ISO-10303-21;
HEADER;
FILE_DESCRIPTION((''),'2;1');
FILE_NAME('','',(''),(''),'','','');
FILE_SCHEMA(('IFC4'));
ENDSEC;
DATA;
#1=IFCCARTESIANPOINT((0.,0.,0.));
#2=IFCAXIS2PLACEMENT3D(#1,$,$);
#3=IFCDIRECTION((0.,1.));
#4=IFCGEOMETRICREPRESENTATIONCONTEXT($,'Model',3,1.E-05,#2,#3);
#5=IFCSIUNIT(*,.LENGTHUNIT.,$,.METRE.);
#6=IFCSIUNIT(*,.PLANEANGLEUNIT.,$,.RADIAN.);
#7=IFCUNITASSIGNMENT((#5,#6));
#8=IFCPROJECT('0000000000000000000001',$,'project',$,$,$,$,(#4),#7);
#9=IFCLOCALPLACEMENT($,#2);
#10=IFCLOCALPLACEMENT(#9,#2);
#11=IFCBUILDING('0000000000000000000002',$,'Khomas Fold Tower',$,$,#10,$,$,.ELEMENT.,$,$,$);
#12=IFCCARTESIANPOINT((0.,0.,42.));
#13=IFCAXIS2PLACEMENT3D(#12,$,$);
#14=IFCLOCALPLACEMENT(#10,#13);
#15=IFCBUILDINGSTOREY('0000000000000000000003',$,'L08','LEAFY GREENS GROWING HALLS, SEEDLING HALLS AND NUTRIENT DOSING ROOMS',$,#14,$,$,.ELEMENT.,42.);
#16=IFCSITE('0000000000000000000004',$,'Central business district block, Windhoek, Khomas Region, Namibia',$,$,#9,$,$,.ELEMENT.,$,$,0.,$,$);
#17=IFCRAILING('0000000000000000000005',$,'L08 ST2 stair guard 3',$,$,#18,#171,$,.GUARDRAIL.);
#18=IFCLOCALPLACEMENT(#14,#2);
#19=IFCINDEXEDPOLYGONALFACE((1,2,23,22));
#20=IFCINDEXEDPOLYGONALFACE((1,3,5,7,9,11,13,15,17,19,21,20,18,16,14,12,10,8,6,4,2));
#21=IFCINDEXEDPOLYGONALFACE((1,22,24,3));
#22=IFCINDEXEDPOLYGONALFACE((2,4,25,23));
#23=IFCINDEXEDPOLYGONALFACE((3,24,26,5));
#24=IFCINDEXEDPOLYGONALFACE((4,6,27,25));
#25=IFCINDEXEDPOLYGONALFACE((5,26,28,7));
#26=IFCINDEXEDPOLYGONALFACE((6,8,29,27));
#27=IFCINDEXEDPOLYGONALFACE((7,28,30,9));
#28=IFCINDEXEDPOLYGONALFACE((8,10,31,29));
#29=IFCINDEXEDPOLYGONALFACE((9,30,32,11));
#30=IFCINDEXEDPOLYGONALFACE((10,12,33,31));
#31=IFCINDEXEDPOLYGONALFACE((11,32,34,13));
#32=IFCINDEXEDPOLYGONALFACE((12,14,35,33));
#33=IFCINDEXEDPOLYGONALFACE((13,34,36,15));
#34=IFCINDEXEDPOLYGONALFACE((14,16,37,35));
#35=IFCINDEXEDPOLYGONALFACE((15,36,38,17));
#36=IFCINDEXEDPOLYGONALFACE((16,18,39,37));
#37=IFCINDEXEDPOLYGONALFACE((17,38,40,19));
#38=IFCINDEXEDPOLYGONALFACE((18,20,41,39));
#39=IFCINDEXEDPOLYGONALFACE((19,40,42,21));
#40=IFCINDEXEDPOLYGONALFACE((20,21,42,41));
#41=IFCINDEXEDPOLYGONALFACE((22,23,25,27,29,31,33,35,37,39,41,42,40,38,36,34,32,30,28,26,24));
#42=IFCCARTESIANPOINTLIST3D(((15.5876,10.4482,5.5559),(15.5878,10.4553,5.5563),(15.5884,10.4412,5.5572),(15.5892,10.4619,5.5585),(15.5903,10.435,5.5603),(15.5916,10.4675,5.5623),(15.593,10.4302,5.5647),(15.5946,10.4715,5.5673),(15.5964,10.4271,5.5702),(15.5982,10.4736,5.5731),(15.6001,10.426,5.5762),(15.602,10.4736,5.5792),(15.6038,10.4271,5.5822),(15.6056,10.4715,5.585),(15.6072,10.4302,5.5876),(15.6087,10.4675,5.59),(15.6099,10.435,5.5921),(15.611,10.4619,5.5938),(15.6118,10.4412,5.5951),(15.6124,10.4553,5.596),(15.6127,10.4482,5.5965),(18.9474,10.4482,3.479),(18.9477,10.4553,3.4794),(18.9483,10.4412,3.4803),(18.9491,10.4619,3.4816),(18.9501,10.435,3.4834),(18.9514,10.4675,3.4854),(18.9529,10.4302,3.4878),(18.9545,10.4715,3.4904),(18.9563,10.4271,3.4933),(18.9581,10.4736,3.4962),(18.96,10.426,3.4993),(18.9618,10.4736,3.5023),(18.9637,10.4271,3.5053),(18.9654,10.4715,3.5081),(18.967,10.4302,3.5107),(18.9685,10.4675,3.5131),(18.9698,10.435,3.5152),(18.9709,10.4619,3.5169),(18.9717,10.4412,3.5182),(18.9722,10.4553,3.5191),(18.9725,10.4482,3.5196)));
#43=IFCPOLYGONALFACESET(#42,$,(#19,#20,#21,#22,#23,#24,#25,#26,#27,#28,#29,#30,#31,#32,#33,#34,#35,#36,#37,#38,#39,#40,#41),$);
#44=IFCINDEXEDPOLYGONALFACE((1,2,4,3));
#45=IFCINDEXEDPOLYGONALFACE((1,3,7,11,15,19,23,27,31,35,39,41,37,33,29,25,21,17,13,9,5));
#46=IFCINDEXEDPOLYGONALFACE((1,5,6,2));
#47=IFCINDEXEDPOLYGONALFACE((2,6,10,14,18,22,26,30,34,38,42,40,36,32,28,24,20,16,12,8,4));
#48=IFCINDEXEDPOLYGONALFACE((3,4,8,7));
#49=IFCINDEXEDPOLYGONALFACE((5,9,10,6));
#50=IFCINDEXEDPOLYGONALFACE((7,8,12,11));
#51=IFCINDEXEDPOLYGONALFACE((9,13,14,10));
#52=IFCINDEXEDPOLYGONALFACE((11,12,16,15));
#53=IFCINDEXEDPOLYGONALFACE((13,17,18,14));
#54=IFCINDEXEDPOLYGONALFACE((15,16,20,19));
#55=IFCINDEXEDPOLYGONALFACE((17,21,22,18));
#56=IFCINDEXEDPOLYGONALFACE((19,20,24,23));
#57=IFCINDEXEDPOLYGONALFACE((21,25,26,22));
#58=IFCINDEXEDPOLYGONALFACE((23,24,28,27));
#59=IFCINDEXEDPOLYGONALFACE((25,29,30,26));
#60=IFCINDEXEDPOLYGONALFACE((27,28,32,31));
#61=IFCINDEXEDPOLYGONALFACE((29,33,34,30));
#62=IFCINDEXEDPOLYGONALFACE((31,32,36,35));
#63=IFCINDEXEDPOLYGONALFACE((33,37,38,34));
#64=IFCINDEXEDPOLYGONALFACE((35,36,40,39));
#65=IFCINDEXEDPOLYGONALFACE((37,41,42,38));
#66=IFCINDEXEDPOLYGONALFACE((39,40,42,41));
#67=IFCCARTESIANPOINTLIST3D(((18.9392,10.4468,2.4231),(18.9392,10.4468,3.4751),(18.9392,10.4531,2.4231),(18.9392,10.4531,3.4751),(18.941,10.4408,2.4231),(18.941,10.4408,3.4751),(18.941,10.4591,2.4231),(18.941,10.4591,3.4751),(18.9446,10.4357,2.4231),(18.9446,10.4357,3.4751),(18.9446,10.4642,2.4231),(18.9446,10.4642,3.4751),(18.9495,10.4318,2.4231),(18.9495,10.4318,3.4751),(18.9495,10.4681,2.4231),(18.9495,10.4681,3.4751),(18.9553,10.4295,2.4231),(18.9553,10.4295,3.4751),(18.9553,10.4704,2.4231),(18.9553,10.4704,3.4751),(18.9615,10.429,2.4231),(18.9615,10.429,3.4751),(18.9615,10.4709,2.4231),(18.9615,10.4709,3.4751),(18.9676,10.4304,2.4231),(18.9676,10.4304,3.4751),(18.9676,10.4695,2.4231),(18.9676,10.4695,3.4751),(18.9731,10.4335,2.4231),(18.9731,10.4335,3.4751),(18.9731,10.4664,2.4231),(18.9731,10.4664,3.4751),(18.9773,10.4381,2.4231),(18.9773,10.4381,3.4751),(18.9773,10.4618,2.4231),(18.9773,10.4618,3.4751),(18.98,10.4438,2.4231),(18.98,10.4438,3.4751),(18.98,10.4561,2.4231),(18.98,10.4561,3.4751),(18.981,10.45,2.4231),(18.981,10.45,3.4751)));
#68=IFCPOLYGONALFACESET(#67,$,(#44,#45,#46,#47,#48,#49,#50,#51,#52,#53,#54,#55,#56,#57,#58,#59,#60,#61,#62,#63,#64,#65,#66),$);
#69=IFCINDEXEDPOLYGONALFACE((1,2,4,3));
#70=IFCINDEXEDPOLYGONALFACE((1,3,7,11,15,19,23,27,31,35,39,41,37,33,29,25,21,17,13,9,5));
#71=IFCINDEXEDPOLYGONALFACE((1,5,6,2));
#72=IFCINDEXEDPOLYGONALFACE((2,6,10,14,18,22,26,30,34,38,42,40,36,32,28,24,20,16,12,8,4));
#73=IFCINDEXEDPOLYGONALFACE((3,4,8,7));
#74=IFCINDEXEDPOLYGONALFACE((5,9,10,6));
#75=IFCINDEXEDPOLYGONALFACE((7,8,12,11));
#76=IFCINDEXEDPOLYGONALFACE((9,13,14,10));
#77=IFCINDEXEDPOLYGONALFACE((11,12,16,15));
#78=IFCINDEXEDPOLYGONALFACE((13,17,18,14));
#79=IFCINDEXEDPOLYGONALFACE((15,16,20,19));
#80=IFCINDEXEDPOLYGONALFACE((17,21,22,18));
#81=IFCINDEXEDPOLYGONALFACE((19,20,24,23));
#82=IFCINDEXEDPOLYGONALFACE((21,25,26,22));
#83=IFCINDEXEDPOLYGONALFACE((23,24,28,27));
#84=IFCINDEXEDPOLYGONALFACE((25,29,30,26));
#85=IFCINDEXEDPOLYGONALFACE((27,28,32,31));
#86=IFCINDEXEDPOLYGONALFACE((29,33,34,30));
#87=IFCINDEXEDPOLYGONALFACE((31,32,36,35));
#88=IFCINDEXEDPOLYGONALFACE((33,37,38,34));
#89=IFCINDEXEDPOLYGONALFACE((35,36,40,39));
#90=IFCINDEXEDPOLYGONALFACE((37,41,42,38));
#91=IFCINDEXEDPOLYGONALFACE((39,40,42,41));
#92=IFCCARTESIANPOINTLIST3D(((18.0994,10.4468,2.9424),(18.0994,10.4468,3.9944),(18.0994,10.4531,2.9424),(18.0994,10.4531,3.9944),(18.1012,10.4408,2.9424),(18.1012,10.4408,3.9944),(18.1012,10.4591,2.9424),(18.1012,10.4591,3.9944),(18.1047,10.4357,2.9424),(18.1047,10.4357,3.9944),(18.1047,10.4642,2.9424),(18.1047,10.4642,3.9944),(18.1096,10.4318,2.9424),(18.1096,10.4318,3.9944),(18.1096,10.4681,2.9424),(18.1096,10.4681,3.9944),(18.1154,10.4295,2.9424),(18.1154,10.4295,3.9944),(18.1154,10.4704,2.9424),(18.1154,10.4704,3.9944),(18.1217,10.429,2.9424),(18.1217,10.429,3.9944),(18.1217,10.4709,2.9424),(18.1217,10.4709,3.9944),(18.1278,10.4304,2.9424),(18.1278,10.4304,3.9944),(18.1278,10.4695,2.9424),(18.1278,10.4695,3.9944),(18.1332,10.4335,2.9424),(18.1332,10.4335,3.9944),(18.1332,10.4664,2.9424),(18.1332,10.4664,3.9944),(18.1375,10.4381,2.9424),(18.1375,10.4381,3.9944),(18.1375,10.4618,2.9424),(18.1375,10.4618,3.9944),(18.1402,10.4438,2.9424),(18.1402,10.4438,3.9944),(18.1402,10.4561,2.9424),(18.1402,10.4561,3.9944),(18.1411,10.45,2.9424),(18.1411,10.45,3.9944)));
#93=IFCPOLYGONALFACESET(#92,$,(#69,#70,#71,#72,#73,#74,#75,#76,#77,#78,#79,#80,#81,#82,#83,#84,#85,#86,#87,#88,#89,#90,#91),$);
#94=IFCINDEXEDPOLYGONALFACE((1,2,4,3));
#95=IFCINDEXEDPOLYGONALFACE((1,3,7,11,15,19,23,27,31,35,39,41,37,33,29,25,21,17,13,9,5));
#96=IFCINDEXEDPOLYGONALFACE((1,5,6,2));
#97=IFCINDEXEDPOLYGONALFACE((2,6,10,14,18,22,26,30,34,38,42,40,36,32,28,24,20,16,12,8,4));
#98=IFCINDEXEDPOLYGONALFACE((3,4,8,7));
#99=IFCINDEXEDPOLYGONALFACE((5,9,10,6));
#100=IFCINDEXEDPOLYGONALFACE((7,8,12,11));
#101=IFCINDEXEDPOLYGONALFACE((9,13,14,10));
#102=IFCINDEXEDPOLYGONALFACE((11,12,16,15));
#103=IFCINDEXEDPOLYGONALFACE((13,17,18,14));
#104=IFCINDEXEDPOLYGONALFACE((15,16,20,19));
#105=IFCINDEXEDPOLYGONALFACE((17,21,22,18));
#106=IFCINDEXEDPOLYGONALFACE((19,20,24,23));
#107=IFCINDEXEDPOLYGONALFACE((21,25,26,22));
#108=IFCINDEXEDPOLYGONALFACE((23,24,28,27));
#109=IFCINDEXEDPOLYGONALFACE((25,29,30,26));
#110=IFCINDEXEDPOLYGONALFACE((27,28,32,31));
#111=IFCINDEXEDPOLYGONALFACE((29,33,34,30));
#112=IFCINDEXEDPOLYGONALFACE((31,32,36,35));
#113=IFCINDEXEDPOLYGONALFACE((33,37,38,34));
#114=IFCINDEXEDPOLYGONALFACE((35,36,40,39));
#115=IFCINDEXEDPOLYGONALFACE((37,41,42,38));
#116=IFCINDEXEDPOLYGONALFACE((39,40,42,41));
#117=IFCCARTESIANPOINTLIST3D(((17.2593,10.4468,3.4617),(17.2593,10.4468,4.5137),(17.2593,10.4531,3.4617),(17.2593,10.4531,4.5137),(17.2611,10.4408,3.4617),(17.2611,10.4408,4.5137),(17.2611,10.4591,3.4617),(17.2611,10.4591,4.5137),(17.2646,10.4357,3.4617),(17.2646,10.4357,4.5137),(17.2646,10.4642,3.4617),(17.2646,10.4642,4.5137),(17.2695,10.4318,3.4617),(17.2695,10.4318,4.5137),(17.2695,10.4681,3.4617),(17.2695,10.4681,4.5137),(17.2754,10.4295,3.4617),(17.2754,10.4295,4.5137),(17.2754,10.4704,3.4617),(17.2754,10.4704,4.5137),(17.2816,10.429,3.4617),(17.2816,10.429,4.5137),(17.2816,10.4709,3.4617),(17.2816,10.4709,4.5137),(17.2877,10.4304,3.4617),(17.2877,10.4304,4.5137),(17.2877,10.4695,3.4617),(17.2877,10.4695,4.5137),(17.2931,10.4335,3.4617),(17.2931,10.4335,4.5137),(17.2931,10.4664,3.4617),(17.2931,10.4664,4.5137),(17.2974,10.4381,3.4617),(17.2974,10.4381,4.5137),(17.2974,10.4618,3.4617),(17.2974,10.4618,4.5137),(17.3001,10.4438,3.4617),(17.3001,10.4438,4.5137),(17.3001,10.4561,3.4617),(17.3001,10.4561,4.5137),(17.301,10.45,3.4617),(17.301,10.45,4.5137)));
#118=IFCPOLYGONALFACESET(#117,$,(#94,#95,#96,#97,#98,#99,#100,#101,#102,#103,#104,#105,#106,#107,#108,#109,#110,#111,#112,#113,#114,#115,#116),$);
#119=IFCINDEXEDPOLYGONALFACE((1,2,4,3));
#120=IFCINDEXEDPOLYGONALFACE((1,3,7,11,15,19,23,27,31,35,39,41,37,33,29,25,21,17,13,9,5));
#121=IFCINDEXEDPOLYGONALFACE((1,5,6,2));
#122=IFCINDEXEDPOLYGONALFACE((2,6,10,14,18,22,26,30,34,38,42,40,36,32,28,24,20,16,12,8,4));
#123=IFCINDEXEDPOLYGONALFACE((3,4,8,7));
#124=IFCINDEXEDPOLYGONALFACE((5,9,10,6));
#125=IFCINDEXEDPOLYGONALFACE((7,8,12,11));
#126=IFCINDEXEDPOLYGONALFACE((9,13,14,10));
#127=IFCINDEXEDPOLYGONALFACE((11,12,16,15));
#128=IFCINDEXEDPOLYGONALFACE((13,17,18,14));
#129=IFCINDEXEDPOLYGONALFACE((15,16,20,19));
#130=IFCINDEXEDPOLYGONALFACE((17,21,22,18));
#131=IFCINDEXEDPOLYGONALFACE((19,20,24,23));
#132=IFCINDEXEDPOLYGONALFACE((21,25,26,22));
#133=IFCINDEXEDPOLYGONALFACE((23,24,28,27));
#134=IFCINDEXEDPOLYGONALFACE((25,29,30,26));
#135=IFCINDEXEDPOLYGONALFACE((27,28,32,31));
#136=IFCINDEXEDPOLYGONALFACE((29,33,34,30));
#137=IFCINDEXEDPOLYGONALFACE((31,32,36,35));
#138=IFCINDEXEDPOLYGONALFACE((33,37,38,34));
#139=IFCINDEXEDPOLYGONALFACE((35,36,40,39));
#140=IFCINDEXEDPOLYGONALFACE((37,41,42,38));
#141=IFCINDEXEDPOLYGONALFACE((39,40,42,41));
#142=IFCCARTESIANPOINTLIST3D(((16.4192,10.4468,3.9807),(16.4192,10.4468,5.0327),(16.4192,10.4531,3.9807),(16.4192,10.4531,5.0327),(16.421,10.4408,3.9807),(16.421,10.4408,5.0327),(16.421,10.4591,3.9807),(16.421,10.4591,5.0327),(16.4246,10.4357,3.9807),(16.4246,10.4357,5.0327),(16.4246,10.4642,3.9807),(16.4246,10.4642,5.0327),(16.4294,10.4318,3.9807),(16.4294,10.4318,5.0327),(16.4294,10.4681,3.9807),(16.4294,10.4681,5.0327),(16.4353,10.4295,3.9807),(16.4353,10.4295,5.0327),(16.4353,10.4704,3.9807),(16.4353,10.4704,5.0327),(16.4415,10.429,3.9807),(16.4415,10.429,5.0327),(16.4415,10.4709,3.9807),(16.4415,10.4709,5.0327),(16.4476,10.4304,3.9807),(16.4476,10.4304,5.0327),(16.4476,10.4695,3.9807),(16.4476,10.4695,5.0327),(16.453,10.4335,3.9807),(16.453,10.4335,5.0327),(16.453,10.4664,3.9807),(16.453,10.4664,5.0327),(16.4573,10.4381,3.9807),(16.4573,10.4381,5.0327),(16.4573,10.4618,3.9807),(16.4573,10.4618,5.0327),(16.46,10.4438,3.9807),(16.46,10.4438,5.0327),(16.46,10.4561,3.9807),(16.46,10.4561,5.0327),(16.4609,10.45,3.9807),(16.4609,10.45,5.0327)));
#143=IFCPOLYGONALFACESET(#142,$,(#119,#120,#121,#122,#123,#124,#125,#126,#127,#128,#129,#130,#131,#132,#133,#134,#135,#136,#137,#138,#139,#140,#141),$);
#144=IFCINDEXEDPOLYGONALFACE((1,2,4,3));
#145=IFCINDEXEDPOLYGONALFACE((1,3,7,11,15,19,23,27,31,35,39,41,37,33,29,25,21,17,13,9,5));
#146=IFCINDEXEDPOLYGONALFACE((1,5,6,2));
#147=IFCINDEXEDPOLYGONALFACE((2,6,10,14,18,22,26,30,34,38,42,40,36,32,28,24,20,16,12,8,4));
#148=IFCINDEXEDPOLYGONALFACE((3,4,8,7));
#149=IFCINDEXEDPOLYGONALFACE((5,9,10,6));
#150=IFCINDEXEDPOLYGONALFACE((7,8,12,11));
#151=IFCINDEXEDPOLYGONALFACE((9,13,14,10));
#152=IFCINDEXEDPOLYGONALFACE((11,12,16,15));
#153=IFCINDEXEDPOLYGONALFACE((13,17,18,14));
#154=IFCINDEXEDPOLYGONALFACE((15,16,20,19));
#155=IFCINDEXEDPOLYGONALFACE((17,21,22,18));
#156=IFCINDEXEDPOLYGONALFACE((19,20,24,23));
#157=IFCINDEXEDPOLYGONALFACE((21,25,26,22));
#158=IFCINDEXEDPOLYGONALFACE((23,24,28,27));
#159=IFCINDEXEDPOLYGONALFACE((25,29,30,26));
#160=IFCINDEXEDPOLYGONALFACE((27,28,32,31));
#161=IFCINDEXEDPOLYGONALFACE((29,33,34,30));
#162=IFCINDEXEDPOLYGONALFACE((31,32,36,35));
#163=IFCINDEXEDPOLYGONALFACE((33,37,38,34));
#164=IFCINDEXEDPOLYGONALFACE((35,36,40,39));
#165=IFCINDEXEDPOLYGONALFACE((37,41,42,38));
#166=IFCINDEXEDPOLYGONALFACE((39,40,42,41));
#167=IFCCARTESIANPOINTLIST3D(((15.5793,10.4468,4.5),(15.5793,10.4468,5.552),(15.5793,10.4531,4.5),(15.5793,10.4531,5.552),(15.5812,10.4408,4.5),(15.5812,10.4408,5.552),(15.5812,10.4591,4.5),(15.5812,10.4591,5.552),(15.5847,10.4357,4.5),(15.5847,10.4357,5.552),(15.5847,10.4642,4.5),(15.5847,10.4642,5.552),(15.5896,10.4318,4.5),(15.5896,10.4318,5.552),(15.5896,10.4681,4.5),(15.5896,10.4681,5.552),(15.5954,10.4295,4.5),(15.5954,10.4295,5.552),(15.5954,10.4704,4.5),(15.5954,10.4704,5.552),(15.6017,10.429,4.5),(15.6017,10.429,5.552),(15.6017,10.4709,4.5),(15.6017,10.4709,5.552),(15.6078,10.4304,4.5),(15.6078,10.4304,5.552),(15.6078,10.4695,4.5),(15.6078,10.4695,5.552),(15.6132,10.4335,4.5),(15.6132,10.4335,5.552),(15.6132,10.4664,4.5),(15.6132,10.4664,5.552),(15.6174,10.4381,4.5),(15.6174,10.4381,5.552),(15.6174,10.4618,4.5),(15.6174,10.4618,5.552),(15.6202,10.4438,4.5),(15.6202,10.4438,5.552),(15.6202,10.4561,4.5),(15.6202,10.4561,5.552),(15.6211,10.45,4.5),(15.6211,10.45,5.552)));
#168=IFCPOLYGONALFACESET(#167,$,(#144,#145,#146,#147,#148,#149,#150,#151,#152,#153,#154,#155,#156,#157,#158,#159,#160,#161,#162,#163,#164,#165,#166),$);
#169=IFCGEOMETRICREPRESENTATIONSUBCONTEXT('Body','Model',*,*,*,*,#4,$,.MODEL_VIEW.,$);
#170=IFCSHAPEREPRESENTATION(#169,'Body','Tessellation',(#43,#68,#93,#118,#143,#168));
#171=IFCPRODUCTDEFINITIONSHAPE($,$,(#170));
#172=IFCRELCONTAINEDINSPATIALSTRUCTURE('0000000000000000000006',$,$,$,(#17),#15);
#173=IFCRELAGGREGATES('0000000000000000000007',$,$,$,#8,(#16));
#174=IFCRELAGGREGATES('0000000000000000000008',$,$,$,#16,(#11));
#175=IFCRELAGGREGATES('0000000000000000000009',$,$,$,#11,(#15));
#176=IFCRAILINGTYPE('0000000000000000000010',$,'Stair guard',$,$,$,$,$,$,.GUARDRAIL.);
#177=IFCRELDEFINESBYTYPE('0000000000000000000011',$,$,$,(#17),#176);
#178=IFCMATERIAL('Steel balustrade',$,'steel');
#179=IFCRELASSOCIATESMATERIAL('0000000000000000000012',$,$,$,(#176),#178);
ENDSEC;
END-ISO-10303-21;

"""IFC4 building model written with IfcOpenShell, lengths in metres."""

from ifc_helpers import new_model, si_unit, direction, frame, origin, origin_2d, place, context, subcontext, project, spatial, circle, extrude, source, transform, mapped, material, type_object, element, save


model = new_model("IFC4")

# Units and contexts
model_context = context("Model", 3, precision=1e-05, world=origin(), true_north=direction((0.0, 1.0)))
body_context = subcontext(model_context, "Body", "Model", "MODEL_VIEW")
ifc_project = project(units=[si_unit("LENGTHUNIT", "METRE"), si_unit("PLANEANGLEUNIT", "RADIAN")], contexts=[model_context])

# Site, building, storey
site_placement = place(None, origin())
site = spatial("IfcSite", under=ifc_project, at=site_placement, Name="Central business district block, Windhoek, Khomas Region, Namibia", CompositionType="ELEMENT", RefElevation=0.0)
building_placement = place(site_placement, origin())
building = spatial("IfcBuilding", under=site, at=building_placement, Name="Khomas Fold Tower", CompositionType="ELEMENT")
storey_placement = place(building_placement, frame((0.0, 0.0, 42.0)))
storey = spatial("IfcBuildingStorey", under=building, at=storey_placement, Name="L08", Description="LEAFY GREENS GROWING HALLS, SEEDLING HALLS AND NUTRIENT DOSING ROOMS", CompositionType="ELEMENT", Elevation=42.0)

# Railing
ifc_material_1 = material(Name="Steel balustrade", Category="steel")
railing_type_1 = type_object("IfcRailingType", Name="Stair guard", PredefinedType="GUARDRAIL", material=ifc_material_1)
shared_shape_1 = source(origin(), body_context, "Body", "SweptSolid", [
    extrude(circle(Radius=0.0239, at=origin_2d()), frame((0.0, 0.0, 1.0762), z_axis=(-0.850606, 0.0, 0.525803), x_axis=(0.0, -1.0, 0.0)), (0.0, 0.0, 1.0), 3.95),
    extrude(circle(Radius=0.021, at=origin_2d()), origin(), (0.0, 0.0, 1.0), 1.052),
    extrude(circle(Radius=0.021, at=origin_2d()), frame((-0.8398, 0.0, 0.5193)), (0.0, 0.0, 1.0), 1.052),
    extrude(circle(Radius=0.021, at=origin_2d()), frame((-1.6799, 0.0, 1.0386)), (0.0, 0.0, 1.0), 1.052),
    extrude(circle(Radius=0.021, at=origin_2d()), frame((-2.52, 0.0, 1.5576)), (0.0, 0.0, 1.0), 1.052),
    extrude(circle(Radius=0.021, at=origin_2d()), frame((-3.3599, 0.0, 2.0769)), (0.0, 0.0, 1.0), 1.052),
])
railing_1_placement = place(storey_placement, frame((18.96, 10.45, 2.4231)))
element("IfcRailing", 1, at=railing_1_placement, inside=storey, type_object=railing_type_1, Name="L08 ST2 stair guard 3", PredefinedType="GUARDRAIL", context=body_context, shape_type="MappedRepresentation", body=[
    mapped(shared_shape_1, transform((0.0, 0.0, 0.0))),
])

save(model, "model.ifc")
